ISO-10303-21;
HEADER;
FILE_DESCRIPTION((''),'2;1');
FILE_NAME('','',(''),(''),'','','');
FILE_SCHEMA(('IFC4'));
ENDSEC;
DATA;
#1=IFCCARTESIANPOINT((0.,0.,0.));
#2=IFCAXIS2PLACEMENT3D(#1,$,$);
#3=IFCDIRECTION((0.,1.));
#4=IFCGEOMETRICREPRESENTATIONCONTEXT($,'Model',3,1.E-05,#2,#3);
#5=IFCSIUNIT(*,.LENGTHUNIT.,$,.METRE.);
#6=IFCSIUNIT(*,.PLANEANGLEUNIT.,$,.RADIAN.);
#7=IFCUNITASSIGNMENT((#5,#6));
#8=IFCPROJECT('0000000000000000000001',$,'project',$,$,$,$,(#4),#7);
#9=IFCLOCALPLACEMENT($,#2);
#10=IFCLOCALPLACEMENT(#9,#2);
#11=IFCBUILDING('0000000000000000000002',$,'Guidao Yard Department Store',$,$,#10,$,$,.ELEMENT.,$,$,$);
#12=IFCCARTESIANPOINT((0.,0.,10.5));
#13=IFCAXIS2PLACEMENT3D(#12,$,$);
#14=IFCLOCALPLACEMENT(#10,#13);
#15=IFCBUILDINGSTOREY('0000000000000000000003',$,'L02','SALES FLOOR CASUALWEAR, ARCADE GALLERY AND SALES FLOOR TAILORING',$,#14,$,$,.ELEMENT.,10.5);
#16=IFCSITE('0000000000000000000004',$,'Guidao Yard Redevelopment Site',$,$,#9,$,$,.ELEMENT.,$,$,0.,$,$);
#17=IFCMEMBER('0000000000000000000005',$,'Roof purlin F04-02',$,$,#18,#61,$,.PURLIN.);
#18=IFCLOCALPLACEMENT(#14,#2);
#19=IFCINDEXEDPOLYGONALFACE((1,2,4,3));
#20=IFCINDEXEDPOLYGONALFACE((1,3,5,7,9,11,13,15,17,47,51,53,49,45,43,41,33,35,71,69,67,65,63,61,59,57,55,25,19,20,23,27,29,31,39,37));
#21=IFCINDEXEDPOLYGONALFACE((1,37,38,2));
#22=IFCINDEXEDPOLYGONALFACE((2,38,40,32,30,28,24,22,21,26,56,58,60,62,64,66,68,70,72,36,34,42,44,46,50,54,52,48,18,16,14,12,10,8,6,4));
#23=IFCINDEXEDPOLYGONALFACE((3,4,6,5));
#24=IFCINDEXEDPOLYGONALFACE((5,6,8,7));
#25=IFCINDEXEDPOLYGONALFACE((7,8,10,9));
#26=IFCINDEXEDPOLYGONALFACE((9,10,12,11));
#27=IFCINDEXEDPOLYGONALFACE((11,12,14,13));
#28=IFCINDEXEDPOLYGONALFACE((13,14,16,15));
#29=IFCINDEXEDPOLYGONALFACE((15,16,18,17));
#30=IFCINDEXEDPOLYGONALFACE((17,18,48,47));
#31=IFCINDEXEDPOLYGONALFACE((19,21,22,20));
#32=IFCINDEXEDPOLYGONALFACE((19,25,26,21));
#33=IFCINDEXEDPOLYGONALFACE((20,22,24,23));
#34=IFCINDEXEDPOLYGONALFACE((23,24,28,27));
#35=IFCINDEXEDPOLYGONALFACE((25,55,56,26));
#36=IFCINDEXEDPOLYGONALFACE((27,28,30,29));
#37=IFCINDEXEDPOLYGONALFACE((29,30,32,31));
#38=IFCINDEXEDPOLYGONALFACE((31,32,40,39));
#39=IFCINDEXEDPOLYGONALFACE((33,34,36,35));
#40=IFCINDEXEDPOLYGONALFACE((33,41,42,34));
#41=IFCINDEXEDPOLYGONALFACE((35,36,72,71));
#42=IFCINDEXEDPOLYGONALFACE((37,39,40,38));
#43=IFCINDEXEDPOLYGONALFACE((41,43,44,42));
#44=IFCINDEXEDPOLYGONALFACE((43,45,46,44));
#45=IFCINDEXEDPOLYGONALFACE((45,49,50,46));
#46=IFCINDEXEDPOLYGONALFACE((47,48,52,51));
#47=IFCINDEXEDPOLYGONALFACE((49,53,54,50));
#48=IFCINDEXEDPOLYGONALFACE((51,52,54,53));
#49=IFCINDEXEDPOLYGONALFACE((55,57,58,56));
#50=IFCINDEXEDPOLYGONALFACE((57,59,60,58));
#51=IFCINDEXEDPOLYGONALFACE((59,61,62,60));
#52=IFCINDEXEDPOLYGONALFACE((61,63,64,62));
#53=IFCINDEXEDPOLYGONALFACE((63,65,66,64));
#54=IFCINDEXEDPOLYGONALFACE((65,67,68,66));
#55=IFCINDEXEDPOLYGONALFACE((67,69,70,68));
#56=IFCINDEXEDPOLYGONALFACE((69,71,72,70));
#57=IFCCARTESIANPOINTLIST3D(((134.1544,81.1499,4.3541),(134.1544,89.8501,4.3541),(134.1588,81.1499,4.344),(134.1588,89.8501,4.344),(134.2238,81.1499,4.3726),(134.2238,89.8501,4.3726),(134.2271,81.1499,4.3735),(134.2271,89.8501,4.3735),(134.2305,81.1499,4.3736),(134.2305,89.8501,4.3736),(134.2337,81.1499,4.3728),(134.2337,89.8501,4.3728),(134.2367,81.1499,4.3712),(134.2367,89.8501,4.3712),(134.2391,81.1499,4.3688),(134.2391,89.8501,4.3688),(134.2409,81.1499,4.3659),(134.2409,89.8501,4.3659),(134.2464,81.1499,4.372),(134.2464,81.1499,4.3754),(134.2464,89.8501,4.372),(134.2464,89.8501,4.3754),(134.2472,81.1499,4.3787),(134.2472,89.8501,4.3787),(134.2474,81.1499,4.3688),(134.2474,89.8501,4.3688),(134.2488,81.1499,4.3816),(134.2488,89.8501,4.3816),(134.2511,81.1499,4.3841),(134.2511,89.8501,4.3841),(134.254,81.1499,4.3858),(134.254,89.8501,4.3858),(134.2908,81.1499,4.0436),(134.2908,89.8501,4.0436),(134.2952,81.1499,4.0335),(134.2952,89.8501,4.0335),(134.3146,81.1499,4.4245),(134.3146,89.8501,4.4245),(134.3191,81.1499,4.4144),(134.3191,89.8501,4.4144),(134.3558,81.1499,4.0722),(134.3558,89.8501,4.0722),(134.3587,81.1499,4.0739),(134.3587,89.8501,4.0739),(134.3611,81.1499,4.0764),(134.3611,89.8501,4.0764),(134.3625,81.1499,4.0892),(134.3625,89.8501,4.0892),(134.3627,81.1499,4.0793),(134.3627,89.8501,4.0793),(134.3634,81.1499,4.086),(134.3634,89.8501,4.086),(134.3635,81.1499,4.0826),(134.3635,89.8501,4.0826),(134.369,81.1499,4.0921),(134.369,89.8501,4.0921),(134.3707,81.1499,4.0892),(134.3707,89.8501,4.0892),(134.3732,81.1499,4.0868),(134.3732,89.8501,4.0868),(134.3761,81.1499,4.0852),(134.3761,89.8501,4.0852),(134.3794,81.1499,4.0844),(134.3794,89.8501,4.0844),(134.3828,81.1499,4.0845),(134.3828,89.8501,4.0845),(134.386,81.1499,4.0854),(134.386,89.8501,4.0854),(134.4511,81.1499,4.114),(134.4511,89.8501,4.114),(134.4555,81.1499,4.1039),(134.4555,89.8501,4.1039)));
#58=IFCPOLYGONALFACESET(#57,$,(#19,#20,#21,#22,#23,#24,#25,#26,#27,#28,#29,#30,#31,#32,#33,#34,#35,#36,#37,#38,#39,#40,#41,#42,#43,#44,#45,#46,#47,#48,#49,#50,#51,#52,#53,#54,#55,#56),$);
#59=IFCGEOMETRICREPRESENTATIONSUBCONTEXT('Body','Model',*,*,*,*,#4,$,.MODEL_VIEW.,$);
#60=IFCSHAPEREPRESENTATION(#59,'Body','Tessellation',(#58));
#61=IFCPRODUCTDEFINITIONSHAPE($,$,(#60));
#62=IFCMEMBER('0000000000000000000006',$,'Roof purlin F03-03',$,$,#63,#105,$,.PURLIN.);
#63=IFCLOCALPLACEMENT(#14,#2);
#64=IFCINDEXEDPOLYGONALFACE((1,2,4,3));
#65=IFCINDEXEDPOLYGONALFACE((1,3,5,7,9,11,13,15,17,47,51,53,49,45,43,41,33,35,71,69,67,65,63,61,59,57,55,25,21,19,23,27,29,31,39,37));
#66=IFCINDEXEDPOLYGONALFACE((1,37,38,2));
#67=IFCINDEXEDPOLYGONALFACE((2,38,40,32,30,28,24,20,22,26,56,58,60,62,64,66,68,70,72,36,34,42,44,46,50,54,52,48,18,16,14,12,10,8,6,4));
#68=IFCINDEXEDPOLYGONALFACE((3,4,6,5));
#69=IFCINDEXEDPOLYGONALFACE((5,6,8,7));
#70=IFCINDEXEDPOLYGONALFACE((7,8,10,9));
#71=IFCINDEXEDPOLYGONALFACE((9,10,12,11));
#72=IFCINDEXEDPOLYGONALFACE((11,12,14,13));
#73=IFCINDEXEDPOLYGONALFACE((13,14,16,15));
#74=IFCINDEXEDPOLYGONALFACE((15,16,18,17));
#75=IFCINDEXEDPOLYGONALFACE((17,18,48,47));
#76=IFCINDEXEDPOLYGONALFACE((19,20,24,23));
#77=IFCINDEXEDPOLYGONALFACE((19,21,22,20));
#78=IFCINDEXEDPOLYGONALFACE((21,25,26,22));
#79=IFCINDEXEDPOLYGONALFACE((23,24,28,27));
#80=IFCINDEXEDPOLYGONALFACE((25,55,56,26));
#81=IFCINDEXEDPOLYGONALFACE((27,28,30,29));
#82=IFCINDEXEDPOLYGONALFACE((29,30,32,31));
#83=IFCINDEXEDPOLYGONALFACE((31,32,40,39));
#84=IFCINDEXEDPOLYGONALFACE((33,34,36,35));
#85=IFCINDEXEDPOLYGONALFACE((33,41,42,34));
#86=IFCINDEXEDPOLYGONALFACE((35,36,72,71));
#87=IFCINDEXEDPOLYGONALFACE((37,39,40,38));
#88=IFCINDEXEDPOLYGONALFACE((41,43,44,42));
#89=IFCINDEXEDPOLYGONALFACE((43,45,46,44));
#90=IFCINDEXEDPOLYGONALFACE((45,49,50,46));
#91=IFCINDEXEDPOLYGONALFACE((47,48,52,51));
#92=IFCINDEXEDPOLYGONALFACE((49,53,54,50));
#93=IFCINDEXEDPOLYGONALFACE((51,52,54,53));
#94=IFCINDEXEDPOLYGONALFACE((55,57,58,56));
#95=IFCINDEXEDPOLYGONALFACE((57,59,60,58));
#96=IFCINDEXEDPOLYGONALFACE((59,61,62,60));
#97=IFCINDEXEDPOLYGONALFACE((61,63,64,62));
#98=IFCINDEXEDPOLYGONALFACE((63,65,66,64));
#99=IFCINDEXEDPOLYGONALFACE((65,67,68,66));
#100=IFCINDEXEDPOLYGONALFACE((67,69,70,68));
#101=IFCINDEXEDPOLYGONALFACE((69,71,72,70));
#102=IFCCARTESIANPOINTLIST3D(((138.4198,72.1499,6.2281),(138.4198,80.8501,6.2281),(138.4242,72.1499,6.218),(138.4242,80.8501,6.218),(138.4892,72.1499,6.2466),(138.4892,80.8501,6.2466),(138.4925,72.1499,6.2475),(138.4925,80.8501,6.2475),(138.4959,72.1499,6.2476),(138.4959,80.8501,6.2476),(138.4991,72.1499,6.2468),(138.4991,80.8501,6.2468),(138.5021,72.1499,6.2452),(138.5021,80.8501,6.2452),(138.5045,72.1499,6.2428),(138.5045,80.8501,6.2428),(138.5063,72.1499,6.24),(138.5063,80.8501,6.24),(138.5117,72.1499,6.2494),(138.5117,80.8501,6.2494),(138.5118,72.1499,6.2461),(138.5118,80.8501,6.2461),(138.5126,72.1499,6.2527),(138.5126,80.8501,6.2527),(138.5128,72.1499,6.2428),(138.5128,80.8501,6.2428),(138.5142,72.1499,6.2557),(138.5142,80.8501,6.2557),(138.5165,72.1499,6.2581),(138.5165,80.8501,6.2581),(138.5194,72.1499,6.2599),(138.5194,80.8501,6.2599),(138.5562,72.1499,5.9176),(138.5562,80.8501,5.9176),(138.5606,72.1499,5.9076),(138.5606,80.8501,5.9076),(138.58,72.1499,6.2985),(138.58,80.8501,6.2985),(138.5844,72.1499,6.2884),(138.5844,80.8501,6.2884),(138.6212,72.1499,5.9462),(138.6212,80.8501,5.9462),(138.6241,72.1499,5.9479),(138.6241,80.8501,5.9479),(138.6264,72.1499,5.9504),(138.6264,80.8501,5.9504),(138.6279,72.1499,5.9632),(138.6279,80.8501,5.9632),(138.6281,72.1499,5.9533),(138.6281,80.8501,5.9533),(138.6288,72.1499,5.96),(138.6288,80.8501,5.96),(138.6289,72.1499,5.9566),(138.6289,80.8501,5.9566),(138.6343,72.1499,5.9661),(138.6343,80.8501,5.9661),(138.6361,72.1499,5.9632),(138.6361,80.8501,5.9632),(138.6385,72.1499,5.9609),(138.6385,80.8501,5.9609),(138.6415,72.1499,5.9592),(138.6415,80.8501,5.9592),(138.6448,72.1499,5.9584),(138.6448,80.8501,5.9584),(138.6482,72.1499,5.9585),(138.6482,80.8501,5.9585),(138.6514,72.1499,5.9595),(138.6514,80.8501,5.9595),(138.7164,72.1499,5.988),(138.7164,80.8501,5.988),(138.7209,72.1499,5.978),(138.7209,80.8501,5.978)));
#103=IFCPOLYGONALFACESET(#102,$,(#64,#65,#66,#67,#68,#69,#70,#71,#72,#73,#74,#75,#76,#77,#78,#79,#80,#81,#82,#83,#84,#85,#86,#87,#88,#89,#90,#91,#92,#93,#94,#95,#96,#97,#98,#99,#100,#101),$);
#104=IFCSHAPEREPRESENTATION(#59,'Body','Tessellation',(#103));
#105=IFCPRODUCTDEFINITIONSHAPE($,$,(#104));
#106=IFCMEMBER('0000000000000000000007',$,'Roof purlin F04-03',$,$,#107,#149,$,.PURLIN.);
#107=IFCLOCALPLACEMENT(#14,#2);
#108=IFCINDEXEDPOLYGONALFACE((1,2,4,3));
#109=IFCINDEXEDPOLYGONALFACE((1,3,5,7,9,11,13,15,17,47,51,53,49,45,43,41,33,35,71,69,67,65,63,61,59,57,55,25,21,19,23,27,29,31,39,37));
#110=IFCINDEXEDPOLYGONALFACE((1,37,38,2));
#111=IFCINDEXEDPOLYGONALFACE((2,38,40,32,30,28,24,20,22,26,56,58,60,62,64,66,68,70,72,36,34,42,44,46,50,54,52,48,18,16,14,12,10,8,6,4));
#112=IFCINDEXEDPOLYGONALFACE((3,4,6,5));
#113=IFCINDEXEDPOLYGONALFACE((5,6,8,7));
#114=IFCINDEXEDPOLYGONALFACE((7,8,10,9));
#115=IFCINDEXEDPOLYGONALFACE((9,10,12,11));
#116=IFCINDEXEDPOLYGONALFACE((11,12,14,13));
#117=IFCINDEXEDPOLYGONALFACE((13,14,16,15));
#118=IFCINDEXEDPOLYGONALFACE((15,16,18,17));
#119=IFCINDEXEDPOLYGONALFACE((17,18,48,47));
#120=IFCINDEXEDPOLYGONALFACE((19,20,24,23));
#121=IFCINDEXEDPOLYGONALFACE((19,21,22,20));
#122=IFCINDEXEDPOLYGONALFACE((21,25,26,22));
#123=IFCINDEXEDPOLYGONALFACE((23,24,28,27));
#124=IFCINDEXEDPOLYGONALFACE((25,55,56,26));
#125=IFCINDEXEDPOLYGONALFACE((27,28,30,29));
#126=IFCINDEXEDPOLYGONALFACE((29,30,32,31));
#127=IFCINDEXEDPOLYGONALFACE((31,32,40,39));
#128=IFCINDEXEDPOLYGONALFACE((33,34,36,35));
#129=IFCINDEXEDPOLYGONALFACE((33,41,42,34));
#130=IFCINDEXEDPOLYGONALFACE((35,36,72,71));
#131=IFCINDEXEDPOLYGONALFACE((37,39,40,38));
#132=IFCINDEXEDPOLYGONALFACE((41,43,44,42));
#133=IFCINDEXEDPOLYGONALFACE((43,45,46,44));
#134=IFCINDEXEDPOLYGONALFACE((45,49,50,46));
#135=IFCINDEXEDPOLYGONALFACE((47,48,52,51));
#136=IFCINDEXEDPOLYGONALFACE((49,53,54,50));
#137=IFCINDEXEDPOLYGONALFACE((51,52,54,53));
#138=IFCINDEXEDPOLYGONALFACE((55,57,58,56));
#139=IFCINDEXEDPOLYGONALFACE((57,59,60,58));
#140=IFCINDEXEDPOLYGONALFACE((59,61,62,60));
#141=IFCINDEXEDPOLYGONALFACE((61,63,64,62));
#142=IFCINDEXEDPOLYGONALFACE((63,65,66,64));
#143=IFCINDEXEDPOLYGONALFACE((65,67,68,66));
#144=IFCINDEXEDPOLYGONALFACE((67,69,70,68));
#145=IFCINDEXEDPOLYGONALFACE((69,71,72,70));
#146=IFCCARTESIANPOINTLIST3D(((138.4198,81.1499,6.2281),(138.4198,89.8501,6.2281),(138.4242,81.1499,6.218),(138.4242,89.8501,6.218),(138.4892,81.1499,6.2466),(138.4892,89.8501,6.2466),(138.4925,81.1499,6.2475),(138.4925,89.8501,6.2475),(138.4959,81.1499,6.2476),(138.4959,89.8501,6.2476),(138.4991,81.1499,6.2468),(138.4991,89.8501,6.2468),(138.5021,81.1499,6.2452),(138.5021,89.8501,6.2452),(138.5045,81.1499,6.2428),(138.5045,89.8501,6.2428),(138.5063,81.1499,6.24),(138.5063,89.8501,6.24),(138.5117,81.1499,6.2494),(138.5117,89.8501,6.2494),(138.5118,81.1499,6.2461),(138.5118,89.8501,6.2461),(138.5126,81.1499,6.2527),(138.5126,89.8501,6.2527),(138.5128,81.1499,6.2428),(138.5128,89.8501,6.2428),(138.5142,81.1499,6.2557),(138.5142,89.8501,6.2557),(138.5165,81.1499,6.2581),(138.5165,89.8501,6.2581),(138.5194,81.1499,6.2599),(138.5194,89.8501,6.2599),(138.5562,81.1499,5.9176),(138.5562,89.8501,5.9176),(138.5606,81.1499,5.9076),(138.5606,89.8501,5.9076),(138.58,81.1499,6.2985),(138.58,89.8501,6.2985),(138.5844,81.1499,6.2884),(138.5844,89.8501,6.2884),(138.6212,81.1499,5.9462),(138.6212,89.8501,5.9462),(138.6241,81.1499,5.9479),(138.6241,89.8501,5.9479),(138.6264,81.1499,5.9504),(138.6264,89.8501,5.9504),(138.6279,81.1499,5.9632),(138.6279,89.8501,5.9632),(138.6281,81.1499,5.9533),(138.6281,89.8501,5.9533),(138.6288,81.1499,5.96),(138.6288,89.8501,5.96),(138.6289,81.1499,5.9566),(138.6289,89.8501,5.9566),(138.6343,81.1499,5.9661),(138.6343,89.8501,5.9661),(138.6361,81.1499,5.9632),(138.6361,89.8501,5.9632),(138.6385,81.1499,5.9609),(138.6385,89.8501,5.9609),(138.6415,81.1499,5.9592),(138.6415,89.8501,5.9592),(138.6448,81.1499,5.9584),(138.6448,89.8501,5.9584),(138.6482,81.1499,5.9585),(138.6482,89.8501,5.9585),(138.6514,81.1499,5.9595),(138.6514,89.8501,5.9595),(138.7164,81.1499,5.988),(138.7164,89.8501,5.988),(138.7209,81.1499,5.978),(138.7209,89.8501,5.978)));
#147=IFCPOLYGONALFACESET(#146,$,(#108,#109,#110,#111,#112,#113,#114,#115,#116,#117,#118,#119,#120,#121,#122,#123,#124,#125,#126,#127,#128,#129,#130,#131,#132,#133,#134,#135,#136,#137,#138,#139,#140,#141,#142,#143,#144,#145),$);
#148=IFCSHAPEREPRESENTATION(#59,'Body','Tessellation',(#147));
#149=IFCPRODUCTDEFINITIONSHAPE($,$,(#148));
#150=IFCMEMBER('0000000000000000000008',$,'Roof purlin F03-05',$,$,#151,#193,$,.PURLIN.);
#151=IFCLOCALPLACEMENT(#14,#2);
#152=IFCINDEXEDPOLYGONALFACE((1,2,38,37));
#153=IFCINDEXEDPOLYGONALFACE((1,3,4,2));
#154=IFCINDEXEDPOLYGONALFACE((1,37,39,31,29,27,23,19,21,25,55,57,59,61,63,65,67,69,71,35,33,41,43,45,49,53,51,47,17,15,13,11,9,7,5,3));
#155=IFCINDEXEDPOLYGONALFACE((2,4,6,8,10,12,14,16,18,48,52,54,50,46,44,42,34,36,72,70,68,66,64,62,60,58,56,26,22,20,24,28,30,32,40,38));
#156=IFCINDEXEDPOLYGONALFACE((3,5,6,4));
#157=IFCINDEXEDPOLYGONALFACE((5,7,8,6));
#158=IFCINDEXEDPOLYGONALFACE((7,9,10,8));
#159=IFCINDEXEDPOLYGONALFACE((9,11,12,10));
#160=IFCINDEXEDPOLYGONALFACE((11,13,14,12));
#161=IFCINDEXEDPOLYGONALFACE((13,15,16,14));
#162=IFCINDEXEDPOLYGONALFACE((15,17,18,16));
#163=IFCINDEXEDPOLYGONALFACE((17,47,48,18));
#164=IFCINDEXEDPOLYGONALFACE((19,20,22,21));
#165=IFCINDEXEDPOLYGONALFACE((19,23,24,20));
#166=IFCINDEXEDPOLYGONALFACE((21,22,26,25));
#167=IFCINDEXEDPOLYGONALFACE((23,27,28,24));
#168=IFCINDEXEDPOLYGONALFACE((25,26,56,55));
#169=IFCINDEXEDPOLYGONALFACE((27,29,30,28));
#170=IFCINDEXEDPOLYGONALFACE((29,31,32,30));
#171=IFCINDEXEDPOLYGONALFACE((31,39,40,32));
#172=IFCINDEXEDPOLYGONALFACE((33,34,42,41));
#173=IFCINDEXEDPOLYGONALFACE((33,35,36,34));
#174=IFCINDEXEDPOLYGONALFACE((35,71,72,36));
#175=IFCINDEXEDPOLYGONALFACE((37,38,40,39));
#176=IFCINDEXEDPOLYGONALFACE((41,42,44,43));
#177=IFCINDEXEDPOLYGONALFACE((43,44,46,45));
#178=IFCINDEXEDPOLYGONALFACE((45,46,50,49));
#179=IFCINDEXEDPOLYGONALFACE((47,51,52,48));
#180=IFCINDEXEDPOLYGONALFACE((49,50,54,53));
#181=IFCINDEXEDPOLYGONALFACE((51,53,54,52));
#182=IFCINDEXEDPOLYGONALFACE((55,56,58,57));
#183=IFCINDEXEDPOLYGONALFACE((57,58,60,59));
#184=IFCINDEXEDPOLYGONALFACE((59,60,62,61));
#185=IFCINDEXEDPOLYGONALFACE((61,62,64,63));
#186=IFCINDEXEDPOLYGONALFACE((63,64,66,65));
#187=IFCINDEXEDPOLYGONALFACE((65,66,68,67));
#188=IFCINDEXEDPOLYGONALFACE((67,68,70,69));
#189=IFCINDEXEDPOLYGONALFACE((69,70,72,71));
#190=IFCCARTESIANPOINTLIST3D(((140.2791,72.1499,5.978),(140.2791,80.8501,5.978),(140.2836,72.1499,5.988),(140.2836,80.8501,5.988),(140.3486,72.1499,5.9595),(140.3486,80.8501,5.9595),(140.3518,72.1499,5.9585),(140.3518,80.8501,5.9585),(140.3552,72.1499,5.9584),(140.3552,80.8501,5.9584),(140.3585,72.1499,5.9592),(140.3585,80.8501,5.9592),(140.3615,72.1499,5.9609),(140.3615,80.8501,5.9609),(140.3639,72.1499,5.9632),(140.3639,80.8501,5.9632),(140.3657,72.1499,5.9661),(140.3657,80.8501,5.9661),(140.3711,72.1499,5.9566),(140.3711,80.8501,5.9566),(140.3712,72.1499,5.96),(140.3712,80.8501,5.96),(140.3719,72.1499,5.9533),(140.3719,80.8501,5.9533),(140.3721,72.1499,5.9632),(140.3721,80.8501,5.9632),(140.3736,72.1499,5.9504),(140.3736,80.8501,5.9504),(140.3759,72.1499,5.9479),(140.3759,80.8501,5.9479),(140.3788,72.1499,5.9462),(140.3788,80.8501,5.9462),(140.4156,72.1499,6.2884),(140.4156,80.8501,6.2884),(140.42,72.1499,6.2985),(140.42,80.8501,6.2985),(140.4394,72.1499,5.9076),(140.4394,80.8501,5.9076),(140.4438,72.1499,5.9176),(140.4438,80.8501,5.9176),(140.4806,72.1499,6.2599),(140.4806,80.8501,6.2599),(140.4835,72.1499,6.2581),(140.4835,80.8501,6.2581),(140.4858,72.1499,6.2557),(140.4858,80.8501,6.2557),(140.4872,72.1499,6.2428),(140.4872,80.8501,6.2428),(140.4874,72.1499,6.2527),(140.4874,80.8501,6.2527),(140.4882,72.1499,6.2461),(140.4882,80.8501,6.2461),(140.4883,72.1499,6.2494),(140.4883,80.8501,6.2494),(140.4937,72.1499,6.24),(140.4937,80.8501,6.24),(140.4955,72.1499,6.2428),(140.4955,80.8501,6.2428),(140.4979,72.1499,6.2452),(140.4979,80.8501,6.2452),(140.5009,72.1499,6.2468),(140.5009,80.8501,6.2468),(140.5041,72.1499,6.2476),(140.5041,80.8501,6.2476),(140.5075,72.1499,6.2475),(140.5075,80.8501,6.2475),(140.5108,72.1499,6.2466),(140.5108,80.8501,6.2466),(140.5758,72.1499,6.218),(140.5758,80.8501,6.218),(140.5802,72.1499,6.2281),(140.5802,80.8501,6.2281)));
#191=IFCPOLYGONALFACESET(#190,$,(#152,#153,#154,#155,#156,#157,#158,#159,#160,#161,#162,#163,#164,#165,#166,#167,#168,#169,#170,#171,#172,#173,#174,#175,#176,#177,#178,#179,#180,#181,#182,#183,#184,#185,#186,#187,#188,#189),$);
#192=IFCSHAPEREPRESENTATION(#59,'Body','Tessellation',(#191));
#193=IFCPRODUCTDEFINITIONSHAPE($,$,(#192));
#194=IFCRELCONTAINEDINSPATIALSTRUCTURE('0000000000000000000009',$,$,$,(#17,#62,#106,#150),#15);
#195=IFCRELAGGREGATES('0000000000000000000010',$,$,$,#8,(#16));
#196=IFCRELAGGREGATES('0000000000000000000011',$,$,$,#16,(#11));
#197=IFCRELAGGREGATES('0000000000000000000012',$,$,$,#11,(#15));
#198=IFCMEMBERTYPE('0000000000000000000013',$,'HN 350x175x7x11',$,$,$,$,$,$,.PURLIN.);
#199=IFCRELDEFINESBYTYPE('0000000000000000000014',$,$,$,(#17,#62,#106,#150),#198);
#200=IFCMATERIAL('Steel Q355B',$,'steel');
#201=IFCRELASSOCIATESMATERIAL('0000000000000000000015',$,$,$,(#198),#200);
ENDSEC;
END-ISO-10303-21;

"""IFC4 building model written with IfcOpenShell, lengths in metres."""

from ifc_helpers import new_model, si_unit, direction, frame, origin, origin_2d, place, context, subcontext, project, spatial, i_section, extrude, material, material_profile, profile_set, type_object, element, save


model = new_model("IFC4")

# Units and contexts
model_context = context("Model", 3, precision=1e-05, world=origin(), true_north=direction((0.0, 1.0)))
body_context = subcontext(model_context, "Body", "Model", "MODEL_VIEW")
ifc_project = project(units=[si_unit("LENGTHUNIT", "METRE"), si_unit("PLANEANGLEUNIT", "RADIAN")], contexts=[model_context])

# Site, building, storey
site_placement = place(None, origin())
site = spatial("IfcSite", under=ifc_project, at=site_placement, Name="Guidao Yard Redevelopment Site", CompositionType="ELEMENT", RefElevation=0.0)
building_placement = place(site_placement, origin())
building = spatial("IfcBuilding", under=site, at=building_placement, Name="Guidao Yard Department Store", CompositionType="ELEMENT")
storey_placement = place(building_placement, frame((0.0, 0.0, 10.5)))
storey = spatial("IfcBuildingStorey", under=building, at=storey_placement, Name="L02", Description="SALES FLOOR CASUALWEAR, ARCADE GALLERY AND SALES FLOOR TAILORING", CompositionType="ELEMENT", Elevation=10.5)

# Members
ifc_material_1 = material(Name="Steel Q355B", Category="steel")
ifc_material_profile_1 = material_profile(ifc_material_1, i_section(OverallWidth=0.175, OverallDepth=0.3501, WebThickness=0.0071, FlangeThickness=0.011, FilletRadius=0.0129, at=origin_2d()), Name="HN 350x175x7x11")
ifc_profile_set_1 = profile_set([ifc_material_profile_1], Name="Steel Q355B")
member_type_1 = type_object("IfcMemberType", Name="HN 350x175x7x11", PredefinedType="PURLIN", material=ifc_profile_set_1)
for number, where, z_axis, x_axis, name in (
    (1, (134.3049, 81.1499, 4.229), (0.0, 1.0, 0.0), (-0.915526, 0.0, -0.402258), "Roof purlin F04-02"),
    (2, (138.5703, 72.1499, 6.103), (0.0, 1.0, 0.0), (-0.915526, 0.0, -0.402258), "Roof purlin F03-03"),
    (3, (138.5703, 81.1499, 6.103), (0.0, 1.0, 0.0), (-0.915526, 0.0, -0.402258), "Roof purlin F04-03"),
    (4, (140.4297, 72.1499, 6.103), (0.0, 1.0, 0.0), (-0.915526, 0.0, 0.402258), "Roof purlin F03-05"),
):
    element("IfcMember", number, at=place(storey_placement, frame(where, z_axis=z_axis, x_axis=x_axis)), inside=storey, type_object=member_type_1, Name=name, PredefinedType="PURLIN", context=body_context, shape_type="SweptSolid", body=[
        extrude(i_section(OverallWidth=0.175, OverallDepth=0.3501, WebThickness=0.0071, FlangeThickness=0.011, FilletRadius=0.0129, at=origin_2d()), origin(), (0.0, 0.0, 1.0), 8.7002),
    ])

save(model, "model.ifc")
